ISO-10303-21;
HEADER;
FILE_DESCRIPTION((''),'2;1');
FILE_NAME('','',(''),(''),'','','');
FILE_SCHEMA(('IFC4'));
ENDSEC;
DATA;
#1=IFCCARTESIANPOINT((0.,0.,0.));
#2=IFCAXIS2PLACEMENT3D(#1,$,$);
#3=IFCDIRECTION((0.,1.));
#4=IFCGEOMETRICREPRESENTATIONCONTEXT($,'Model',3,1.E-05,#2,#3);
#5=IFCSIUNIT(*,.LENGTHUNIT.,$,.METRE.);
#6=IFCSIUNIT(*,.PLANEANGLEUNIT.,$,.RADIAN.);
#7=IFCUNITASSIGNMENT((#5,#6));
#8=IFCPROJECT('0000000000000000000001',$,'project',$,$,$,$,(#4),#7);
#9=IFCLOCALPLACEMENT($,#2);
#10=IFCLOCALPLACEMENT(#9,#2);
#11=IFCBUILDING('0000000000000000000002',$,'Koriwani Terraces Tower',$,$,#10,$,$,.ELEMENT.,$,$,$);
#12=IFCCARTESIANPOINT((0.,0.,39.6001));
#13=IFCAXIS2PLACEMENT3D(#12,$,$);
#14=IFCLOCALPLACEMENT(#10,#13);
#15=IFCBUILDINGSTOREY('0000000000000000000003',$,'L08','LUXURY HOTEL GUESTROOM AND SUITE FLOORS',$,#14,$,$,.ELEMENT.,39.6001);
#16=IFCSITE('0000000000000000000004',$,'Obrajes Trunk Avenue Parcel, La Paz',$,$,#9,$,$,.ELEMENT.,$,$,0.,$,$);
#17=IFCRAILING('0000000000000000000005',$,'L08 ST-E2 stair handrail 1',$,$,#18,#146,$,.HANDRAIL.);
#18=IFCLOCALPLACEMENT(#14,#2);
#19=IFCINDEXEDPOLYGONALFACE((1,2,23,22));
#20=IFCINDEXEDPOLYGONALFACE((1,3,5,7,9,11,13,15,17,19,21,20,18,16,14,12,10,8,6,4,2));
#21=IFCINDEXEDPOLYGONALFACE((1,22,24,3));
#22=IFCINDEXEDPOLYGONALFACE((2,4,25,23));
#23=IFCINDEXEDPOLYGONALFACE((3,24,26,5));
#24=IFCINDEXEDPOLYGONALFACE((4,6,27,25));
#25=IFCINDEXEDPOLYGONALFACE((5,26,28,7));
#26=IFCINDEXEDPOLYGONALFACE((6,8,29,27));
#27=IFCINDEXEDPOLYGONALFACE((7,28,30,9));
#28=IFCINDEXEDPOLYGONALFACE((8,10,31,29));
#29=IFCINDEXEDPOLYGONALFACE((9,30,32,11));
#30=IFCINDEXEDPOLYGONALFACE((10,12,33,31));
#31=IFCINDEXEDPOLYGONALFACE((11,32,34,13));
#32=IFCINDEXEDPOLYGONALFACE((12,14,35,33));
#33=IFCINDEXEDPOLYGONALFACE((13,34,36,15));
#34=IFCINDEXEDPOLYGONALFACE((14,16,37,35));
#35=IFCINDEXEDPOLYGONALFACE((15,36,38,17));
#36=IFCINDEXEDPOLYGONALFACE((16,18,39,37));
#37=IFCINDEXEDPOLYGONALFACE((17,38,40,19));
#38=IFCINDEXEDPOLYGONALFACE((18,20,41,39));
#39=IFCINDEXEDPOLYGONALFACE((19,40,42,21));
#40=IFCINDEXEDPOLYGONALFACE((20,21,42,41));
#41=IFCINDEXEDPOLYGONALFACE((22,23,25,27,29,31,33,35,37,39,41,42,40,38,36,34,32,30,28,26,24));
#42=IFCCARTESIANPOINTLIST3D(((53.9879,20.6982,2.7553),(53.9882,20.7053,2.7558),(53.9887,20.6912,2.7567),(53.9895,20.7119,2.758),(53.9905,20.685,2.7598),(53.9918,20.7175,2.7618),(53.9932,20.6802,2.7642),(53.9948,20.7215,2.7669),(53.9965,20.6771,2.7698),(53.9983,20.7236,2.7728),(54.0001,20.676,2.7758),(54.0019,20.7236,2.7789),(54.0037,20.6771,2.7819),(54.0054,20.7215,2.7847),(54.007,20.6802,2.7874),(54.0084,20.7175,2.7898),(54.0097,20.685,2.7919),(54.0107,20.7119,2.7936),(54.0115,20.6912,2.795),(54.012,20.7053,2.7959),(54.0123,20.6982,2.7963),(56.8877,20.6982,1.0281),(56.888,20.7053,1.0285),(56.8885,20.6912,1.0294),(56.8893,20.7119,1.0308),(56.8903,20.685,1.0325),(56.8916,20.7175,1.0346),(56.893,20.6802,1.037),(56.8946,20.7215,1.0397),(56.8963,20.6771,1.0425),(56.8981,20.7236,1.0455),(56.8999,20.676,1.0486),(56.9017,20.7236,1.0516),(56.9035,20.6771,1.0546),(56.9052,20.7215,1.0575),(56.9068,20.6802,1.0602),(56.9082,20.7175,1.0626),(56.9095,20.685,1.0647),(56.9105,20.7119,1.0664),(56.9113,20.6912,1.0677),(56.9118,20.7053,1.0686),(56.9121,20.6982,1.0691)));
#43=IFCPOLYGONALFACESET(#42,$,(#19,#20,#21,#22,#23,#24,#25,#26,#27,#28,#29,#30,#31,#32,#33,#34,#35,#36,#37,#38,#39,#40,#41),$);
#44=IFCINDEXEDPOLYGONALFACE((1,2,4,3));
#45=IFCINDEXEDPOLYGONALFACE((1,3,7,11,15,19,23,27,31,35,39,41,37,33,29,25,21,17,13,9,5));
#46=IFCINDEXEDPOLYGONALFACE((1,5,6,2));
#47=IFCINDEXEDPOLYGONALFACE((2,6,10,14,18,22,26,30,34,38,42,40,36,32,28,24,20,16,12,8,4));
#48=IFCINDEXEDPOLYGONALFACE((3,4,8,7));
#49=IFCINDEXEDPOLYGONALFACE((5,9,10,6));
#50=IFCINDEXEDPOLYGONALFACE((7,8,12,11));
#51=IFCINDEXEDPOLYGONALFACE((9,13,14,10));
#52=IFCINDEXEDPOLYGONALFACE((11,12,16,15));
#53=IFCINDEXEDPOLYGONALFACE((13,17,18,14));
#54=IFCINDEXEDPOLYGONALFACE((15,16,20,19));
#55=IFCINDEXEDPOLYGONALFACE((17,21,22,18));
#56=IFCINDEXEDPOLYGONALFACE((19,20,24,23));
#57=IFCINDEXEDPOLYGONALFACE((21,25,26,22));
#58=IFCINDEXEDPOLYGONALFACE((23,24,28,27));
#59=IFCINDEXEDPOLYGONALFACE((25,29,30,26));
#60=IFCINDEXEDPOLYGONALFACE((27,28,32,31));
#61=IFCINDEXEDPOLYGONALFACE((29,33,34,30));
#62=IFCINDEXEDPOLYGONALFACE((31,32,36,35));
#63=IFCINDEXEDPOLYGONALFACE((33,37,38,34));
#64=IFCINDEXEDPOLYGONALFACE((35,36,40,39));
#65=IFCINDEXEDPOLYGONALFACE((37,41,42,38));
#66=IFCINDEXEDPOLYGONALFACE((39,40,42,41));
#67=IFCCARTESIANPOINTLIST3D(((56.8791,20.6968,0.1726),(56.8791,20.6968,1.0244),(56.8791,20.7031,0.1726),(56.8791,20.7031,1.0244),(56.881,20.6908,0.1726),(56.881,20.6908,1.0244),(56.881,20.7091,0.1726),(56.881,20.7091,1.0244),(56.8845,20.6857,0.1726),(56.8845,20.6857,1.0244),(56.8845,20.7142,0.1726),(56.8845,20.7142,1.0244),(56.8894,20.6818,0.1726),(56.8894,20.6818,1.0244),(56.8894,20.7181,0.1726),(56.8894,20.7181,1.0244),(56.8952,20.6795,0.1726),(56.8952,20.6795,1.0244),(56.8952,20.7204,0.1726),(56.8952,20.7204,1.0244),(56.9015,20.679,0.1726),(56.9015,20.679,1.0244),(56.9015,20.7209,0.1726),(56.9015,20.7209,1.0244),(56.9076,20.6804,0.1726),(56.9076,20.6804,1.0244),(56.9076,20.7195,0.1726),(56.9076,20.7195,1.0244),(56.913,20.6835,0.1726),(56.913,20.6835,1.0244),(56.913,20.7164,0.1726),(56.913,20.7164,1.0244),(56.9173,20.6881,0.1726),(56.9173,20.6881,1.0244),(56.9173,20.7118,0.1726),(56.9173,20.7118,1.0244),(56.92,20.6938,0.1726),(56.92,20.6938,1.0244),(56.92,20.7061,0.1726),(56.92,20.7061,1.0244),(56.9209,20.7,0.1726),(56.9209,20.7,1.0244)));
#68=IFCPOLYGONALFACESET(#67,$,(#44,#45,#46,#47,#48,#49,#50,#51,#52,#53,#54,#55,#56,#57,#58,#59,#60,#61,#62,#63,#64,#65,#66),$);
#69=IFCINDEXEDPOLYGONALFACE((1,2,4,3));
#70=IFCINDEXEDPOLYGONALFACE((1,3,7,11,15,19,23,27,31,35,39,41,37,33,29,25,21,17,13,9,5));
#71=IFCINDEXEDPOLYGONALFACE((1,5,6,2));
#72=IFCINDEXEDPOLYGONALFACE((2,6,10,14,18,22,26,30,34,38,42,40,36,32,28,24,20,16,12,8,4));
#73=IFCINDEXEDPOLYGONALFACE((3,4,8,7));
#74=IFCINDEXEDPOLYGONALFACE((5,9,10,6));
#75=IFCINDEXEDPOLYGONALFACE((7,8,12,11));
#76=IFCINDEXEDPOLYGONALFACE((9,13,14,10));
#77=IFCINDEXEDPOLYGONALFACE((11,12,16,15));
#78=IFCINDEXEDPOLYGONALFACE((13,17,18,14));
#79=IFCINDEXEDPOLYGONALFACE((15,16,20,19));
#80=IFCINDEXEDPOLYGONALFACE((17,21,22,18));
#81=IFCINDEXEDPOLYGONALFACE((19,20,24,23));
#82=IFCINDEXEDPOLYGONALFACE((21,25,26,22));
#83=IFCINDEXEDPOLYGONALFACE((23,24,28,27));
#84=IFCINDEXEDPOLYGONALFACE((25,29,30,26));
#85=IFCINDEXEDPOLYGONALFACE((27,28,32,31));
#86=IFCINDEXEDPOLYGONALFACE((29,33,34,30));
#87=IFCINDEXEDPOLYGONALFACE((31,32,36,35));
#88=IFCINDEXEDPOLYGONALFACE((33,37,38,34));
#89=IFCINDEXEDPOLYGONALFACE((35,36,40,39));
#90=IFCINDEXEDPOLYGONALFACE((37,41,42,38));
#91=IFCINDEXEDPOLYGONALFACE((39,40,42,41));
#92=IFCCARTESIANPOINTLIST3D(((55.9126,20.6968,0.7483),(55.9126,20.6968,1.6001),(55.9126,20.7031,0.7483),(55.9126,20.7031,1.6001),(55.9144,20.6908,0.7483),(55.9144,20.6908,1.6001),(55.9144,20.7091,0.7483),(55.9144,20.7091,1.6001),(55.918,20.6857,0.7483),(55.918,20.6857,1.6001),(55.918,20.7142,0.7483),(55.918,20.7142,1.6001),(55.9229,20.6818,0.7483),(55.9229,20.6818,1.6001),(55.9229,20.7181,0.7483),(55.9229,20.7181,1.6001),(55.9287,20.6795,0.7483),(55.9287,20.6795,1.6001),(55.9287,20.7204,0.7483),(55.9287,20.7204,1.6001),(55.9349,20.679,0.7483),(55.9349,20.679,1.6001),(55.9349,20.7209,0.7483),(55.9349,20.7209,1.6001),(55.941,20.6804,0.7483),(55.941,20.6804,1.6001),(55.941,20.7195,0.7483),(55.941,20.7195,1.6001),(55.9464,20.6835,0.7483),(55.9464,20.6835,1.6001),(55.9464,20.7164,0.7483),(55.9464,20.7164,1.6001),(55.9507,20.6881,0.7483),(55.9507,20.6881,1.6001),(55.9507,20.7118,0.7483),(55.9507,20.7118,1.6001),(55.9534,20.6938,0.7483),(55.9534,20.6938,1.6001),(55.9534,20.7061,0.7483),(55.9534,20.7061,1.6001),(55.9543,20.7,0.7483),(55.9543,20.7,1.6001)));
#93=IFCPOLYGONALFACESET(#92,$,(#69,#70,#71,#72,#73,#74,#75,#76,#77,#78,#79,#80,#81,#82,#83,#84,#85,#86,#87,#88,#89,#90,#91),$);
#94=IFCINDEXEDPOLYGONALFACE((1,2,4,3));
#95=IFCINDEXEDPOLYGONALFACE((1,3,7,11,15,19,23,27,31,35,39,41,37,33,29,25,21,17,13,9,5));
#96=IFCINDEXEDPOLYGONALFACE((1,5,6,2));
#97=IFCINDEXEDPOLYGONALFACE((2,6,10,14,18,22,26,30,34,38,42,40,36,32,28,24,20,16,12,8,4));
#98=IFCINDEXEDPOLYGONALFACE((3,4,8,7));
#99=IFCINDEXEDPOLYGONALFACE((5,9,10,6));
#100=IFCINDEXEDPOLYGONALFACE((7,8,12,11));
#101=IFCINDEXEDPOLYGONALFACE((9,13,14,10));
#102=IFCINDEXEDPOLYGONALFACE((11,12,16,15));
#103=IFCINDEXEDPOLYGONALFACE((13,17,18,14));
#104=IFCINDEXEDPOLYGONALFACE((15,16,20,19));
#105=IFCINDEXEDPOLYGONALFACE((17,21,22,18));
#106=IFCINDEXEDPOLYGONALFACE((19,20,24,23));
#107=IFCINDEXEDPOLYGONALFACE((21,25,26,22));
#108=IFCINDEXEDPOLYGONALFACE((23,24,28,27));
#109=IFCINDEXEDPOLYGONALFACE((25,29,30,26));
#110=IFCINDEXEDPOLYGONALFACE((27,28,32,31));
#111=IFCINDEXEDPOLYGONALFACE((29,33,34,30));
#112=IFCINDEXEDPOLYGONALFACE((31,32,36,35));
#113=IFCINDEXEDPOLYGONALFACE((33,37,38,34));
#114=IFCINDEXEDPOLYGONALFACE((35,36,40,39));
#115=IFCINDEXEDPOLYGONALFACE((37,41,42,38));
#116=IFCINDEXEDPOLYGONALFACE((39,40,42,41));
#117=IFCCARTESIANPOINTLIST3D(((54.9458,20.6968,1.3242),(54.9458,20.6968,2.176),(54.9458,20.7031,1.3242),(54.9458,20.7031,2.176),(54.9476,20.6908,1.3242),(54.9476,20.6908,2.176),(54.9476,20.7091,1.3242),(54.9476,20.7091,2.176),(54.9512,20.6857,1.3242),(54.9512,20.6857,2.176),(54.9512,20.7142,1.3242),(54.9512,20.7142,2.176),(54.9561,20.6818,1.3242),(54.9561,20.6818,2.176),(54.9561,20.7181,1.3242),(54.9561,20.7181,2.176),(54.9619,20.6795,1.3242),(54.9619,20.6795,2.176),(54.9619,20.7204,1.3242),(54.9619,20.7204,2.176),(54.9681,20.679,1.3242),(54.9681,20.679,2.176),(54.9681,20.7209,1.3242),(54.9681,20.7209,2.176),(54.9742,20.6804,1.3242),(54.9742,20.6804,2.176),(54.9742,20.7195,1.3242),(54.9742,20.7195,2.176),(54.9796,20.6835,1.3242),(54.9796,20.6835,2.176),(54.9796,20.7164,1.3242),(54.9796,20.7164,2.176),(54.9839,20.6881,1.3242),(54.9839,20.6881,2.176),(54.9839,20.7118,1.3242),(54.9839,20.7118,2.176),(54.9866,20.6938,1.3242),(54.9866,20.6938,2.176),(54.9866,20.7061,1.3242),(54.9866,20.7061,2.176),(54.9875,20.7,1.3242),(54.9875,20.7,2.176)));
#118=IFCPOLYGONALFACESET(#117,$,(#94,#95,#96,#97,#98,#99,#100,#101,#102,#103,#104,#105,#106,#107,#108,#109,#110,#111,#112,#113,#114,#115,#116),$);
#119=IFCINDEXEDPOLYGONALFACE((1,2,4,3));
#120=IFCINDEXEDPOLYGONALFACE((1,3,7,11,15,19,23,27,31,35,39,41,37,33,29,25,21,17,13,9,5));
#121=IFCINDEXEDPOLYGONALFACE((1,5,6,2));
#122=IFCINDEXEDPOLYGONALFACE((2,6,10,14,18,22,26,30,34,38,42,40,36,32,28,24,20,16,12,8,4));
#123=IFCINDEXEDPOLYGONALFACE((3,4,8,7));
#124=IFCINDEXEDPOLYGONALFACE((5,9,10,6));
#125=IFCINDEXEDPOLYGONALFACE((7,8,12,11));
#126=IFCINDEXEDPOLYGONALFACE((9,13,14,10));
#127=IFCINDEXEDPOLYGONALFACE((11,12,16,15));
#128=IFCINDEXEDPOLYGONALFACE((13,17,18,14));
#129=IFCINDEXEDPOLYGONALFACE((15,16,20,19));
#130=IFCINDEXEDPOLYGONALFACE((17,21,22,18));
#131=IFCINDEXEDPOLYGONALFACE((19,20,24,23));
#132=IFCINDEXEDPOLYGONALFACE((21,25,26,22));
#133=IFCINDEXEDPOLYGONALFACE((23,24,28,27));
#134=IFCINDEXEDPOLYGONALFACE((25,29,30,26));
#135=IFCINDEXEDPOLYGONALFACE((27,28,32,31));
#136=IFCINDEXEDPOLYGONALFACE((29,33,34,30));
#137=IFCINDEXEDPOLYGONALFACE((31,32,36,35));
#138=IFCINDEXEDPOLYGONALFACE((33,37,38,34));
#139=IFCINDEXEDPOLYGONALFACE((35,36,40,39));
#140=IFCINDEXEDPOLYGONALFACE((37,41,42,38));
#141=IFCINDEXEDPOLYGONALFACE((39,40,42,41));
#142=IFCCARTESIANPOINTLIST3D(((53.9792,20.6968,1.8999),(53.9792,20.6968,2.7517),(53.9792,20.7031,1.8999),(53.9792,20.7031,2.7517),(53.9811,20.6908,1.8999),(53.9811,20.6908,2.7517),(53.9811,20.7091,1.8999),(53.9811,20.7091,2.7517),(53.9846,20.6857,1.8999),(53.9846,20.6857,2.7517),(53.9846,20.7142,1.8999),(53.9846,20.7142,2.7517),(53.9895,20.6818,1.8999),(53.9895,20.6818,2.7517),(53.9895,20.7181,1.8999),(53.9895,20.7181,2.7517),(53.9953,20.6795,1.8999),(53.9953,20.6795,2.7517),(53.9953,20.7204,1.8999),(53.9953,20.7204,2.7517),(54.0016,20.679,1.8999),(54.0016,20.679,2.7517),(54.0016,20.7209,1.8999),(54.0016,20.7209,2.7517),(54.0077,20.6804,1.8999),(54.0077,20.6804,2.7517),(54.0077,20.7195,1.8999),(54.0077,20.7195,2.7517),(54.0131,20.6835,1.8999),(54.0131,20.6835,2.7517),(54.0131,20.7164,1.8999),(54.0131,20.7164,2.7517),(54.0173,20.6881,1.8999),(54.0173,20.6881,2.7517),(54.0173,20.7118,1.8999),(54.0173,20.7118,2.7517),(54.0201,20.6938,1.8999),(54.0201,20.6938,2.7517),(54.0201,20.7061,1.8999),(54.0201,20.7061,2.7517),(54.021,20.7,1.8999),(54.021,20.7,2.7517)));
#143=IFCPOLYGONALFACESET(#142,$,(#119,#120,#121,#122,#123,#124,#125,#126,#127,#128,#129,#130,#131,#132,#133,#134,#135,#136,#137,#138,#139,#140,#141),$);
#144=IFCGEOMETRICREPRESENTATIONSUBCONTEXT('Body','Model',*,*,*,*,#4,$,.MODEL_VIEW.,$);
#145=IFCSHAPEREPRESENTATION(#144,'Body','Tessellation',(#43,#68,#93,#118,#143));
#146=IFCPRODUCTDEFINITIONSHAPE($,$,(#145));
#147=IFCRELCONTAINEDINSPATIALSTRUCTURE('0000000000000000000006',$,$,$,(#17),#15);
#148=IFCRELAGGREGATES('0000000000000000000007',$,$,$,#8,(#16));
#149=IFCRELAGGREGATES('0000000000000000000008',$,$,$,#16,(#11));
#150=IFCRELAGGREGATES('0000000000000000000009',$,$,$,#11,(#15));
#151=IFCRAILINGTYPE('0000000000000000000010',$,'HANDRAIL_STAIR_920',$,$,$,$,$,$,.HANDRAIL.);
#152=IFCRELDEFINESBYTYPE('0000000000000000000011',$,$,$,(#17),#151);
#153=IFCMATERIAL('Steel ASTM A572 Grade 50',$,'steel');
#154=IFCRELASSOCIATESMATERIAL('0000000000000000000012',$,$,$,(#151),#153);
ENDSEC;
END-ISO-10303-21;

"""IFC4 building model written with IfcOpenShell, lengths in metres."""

from ifc_helpers import new_model, si_unit, direction, frame, origin, origin_2d, place, context, subcontext, project, spatial, circle, extrude, material, type_object, element, save


model = new_model("IFC4")

# Units and contexts
model_context = context("Model", 3, precision=1e-05, world=origin(), true_north=direction((0.0, 1.0)))
body_context = subcontext(model_context, "Body", "Model", "MODEL_VIEW")
ifc_project = project(units=[si_unit("LENGTHUNIT", "METRE"), si_unit("PLANEANGLEUNIT", "RADIAN")], contexts=[model_context])

# Site, building, storey
site_placement = place(None, origin())
site = spatial("IfcSite", under=ifc_project, at=site_placement, Name="Obrajes Trunk Avenue Parcel, La Paz", CompositionType="ELEMENT", RefElevation=0.0)
building_placement = place(site_placement, origin())
building = spatial("IfcBuilding", under=site, at=building_placement, Name="Koriwani Terraces Tower", CompositionType="ELEMENT")
storey_placement = place(building_placement, frame((0.0, 0.0, 39.6001)))
storey = spatial("IfcBuildingStorey", under=building, at=storey_placement, Name="L08", Description="LUXURY HOTEL GUESTROOM AND SUITE FLOORS", CompositionType="ELEMENT", Elevation=39.6001)

# Shared definitions
ifc_material_1 = material(Name="Steel ASTM A572 Grade 50", Category="steel")

# Railing
railing_type_1 = type_object("IfcRailingType", Name="HANDRAIL_STAIR_920", PredefinedType="HANDRAIL", material=ifc_material_1)
railing_1_placement = place(storey_placement, frame((56.8999, 20.7, 0.1726)))
element("IfcRailing", 1, at=railing_1_placement, inside=storey, type_object=railing_type_1, Name="L08 ST-E2 stair handrail 1", PredefinedType="HANDRAIL", context=body_context, shape_type="SweptSolid", body=[
    extrude(circle(Radius=0.0239, at=origin_2d()), frame((0.0, 0.0, 0.876), z_axis=(-0.859141, 0.0, 0.511738), x_axis=(0.0, -1.0, 0.0)), (0.0, 0.0, 1.0), 3.3752),
    extrude(circle(Radius=0.021, at=origin_2d()), origin(), (0.0, 0.0, 1.0), 0.8518),
    extrude(circle(Radius=0.021, at=origin_2d()), frame((-0.9666, 0.0, 0.5757)), (0.0, 0.0, 1.0), 0.8518),
    extrude(circle(Radius=0.021, at=origin_2d()), frame((-1.9333, 0.0, 1.1516)), (0.0, 0.0, 1.0), 0.8518),
    extrude(circle(Radius=0.021, at=origin_2d()), frame((-2.8999, 0.0, 1.7273)), (0.0, 0.0, 1.0), 0.8518),
])

save(model, "model.ifc")
